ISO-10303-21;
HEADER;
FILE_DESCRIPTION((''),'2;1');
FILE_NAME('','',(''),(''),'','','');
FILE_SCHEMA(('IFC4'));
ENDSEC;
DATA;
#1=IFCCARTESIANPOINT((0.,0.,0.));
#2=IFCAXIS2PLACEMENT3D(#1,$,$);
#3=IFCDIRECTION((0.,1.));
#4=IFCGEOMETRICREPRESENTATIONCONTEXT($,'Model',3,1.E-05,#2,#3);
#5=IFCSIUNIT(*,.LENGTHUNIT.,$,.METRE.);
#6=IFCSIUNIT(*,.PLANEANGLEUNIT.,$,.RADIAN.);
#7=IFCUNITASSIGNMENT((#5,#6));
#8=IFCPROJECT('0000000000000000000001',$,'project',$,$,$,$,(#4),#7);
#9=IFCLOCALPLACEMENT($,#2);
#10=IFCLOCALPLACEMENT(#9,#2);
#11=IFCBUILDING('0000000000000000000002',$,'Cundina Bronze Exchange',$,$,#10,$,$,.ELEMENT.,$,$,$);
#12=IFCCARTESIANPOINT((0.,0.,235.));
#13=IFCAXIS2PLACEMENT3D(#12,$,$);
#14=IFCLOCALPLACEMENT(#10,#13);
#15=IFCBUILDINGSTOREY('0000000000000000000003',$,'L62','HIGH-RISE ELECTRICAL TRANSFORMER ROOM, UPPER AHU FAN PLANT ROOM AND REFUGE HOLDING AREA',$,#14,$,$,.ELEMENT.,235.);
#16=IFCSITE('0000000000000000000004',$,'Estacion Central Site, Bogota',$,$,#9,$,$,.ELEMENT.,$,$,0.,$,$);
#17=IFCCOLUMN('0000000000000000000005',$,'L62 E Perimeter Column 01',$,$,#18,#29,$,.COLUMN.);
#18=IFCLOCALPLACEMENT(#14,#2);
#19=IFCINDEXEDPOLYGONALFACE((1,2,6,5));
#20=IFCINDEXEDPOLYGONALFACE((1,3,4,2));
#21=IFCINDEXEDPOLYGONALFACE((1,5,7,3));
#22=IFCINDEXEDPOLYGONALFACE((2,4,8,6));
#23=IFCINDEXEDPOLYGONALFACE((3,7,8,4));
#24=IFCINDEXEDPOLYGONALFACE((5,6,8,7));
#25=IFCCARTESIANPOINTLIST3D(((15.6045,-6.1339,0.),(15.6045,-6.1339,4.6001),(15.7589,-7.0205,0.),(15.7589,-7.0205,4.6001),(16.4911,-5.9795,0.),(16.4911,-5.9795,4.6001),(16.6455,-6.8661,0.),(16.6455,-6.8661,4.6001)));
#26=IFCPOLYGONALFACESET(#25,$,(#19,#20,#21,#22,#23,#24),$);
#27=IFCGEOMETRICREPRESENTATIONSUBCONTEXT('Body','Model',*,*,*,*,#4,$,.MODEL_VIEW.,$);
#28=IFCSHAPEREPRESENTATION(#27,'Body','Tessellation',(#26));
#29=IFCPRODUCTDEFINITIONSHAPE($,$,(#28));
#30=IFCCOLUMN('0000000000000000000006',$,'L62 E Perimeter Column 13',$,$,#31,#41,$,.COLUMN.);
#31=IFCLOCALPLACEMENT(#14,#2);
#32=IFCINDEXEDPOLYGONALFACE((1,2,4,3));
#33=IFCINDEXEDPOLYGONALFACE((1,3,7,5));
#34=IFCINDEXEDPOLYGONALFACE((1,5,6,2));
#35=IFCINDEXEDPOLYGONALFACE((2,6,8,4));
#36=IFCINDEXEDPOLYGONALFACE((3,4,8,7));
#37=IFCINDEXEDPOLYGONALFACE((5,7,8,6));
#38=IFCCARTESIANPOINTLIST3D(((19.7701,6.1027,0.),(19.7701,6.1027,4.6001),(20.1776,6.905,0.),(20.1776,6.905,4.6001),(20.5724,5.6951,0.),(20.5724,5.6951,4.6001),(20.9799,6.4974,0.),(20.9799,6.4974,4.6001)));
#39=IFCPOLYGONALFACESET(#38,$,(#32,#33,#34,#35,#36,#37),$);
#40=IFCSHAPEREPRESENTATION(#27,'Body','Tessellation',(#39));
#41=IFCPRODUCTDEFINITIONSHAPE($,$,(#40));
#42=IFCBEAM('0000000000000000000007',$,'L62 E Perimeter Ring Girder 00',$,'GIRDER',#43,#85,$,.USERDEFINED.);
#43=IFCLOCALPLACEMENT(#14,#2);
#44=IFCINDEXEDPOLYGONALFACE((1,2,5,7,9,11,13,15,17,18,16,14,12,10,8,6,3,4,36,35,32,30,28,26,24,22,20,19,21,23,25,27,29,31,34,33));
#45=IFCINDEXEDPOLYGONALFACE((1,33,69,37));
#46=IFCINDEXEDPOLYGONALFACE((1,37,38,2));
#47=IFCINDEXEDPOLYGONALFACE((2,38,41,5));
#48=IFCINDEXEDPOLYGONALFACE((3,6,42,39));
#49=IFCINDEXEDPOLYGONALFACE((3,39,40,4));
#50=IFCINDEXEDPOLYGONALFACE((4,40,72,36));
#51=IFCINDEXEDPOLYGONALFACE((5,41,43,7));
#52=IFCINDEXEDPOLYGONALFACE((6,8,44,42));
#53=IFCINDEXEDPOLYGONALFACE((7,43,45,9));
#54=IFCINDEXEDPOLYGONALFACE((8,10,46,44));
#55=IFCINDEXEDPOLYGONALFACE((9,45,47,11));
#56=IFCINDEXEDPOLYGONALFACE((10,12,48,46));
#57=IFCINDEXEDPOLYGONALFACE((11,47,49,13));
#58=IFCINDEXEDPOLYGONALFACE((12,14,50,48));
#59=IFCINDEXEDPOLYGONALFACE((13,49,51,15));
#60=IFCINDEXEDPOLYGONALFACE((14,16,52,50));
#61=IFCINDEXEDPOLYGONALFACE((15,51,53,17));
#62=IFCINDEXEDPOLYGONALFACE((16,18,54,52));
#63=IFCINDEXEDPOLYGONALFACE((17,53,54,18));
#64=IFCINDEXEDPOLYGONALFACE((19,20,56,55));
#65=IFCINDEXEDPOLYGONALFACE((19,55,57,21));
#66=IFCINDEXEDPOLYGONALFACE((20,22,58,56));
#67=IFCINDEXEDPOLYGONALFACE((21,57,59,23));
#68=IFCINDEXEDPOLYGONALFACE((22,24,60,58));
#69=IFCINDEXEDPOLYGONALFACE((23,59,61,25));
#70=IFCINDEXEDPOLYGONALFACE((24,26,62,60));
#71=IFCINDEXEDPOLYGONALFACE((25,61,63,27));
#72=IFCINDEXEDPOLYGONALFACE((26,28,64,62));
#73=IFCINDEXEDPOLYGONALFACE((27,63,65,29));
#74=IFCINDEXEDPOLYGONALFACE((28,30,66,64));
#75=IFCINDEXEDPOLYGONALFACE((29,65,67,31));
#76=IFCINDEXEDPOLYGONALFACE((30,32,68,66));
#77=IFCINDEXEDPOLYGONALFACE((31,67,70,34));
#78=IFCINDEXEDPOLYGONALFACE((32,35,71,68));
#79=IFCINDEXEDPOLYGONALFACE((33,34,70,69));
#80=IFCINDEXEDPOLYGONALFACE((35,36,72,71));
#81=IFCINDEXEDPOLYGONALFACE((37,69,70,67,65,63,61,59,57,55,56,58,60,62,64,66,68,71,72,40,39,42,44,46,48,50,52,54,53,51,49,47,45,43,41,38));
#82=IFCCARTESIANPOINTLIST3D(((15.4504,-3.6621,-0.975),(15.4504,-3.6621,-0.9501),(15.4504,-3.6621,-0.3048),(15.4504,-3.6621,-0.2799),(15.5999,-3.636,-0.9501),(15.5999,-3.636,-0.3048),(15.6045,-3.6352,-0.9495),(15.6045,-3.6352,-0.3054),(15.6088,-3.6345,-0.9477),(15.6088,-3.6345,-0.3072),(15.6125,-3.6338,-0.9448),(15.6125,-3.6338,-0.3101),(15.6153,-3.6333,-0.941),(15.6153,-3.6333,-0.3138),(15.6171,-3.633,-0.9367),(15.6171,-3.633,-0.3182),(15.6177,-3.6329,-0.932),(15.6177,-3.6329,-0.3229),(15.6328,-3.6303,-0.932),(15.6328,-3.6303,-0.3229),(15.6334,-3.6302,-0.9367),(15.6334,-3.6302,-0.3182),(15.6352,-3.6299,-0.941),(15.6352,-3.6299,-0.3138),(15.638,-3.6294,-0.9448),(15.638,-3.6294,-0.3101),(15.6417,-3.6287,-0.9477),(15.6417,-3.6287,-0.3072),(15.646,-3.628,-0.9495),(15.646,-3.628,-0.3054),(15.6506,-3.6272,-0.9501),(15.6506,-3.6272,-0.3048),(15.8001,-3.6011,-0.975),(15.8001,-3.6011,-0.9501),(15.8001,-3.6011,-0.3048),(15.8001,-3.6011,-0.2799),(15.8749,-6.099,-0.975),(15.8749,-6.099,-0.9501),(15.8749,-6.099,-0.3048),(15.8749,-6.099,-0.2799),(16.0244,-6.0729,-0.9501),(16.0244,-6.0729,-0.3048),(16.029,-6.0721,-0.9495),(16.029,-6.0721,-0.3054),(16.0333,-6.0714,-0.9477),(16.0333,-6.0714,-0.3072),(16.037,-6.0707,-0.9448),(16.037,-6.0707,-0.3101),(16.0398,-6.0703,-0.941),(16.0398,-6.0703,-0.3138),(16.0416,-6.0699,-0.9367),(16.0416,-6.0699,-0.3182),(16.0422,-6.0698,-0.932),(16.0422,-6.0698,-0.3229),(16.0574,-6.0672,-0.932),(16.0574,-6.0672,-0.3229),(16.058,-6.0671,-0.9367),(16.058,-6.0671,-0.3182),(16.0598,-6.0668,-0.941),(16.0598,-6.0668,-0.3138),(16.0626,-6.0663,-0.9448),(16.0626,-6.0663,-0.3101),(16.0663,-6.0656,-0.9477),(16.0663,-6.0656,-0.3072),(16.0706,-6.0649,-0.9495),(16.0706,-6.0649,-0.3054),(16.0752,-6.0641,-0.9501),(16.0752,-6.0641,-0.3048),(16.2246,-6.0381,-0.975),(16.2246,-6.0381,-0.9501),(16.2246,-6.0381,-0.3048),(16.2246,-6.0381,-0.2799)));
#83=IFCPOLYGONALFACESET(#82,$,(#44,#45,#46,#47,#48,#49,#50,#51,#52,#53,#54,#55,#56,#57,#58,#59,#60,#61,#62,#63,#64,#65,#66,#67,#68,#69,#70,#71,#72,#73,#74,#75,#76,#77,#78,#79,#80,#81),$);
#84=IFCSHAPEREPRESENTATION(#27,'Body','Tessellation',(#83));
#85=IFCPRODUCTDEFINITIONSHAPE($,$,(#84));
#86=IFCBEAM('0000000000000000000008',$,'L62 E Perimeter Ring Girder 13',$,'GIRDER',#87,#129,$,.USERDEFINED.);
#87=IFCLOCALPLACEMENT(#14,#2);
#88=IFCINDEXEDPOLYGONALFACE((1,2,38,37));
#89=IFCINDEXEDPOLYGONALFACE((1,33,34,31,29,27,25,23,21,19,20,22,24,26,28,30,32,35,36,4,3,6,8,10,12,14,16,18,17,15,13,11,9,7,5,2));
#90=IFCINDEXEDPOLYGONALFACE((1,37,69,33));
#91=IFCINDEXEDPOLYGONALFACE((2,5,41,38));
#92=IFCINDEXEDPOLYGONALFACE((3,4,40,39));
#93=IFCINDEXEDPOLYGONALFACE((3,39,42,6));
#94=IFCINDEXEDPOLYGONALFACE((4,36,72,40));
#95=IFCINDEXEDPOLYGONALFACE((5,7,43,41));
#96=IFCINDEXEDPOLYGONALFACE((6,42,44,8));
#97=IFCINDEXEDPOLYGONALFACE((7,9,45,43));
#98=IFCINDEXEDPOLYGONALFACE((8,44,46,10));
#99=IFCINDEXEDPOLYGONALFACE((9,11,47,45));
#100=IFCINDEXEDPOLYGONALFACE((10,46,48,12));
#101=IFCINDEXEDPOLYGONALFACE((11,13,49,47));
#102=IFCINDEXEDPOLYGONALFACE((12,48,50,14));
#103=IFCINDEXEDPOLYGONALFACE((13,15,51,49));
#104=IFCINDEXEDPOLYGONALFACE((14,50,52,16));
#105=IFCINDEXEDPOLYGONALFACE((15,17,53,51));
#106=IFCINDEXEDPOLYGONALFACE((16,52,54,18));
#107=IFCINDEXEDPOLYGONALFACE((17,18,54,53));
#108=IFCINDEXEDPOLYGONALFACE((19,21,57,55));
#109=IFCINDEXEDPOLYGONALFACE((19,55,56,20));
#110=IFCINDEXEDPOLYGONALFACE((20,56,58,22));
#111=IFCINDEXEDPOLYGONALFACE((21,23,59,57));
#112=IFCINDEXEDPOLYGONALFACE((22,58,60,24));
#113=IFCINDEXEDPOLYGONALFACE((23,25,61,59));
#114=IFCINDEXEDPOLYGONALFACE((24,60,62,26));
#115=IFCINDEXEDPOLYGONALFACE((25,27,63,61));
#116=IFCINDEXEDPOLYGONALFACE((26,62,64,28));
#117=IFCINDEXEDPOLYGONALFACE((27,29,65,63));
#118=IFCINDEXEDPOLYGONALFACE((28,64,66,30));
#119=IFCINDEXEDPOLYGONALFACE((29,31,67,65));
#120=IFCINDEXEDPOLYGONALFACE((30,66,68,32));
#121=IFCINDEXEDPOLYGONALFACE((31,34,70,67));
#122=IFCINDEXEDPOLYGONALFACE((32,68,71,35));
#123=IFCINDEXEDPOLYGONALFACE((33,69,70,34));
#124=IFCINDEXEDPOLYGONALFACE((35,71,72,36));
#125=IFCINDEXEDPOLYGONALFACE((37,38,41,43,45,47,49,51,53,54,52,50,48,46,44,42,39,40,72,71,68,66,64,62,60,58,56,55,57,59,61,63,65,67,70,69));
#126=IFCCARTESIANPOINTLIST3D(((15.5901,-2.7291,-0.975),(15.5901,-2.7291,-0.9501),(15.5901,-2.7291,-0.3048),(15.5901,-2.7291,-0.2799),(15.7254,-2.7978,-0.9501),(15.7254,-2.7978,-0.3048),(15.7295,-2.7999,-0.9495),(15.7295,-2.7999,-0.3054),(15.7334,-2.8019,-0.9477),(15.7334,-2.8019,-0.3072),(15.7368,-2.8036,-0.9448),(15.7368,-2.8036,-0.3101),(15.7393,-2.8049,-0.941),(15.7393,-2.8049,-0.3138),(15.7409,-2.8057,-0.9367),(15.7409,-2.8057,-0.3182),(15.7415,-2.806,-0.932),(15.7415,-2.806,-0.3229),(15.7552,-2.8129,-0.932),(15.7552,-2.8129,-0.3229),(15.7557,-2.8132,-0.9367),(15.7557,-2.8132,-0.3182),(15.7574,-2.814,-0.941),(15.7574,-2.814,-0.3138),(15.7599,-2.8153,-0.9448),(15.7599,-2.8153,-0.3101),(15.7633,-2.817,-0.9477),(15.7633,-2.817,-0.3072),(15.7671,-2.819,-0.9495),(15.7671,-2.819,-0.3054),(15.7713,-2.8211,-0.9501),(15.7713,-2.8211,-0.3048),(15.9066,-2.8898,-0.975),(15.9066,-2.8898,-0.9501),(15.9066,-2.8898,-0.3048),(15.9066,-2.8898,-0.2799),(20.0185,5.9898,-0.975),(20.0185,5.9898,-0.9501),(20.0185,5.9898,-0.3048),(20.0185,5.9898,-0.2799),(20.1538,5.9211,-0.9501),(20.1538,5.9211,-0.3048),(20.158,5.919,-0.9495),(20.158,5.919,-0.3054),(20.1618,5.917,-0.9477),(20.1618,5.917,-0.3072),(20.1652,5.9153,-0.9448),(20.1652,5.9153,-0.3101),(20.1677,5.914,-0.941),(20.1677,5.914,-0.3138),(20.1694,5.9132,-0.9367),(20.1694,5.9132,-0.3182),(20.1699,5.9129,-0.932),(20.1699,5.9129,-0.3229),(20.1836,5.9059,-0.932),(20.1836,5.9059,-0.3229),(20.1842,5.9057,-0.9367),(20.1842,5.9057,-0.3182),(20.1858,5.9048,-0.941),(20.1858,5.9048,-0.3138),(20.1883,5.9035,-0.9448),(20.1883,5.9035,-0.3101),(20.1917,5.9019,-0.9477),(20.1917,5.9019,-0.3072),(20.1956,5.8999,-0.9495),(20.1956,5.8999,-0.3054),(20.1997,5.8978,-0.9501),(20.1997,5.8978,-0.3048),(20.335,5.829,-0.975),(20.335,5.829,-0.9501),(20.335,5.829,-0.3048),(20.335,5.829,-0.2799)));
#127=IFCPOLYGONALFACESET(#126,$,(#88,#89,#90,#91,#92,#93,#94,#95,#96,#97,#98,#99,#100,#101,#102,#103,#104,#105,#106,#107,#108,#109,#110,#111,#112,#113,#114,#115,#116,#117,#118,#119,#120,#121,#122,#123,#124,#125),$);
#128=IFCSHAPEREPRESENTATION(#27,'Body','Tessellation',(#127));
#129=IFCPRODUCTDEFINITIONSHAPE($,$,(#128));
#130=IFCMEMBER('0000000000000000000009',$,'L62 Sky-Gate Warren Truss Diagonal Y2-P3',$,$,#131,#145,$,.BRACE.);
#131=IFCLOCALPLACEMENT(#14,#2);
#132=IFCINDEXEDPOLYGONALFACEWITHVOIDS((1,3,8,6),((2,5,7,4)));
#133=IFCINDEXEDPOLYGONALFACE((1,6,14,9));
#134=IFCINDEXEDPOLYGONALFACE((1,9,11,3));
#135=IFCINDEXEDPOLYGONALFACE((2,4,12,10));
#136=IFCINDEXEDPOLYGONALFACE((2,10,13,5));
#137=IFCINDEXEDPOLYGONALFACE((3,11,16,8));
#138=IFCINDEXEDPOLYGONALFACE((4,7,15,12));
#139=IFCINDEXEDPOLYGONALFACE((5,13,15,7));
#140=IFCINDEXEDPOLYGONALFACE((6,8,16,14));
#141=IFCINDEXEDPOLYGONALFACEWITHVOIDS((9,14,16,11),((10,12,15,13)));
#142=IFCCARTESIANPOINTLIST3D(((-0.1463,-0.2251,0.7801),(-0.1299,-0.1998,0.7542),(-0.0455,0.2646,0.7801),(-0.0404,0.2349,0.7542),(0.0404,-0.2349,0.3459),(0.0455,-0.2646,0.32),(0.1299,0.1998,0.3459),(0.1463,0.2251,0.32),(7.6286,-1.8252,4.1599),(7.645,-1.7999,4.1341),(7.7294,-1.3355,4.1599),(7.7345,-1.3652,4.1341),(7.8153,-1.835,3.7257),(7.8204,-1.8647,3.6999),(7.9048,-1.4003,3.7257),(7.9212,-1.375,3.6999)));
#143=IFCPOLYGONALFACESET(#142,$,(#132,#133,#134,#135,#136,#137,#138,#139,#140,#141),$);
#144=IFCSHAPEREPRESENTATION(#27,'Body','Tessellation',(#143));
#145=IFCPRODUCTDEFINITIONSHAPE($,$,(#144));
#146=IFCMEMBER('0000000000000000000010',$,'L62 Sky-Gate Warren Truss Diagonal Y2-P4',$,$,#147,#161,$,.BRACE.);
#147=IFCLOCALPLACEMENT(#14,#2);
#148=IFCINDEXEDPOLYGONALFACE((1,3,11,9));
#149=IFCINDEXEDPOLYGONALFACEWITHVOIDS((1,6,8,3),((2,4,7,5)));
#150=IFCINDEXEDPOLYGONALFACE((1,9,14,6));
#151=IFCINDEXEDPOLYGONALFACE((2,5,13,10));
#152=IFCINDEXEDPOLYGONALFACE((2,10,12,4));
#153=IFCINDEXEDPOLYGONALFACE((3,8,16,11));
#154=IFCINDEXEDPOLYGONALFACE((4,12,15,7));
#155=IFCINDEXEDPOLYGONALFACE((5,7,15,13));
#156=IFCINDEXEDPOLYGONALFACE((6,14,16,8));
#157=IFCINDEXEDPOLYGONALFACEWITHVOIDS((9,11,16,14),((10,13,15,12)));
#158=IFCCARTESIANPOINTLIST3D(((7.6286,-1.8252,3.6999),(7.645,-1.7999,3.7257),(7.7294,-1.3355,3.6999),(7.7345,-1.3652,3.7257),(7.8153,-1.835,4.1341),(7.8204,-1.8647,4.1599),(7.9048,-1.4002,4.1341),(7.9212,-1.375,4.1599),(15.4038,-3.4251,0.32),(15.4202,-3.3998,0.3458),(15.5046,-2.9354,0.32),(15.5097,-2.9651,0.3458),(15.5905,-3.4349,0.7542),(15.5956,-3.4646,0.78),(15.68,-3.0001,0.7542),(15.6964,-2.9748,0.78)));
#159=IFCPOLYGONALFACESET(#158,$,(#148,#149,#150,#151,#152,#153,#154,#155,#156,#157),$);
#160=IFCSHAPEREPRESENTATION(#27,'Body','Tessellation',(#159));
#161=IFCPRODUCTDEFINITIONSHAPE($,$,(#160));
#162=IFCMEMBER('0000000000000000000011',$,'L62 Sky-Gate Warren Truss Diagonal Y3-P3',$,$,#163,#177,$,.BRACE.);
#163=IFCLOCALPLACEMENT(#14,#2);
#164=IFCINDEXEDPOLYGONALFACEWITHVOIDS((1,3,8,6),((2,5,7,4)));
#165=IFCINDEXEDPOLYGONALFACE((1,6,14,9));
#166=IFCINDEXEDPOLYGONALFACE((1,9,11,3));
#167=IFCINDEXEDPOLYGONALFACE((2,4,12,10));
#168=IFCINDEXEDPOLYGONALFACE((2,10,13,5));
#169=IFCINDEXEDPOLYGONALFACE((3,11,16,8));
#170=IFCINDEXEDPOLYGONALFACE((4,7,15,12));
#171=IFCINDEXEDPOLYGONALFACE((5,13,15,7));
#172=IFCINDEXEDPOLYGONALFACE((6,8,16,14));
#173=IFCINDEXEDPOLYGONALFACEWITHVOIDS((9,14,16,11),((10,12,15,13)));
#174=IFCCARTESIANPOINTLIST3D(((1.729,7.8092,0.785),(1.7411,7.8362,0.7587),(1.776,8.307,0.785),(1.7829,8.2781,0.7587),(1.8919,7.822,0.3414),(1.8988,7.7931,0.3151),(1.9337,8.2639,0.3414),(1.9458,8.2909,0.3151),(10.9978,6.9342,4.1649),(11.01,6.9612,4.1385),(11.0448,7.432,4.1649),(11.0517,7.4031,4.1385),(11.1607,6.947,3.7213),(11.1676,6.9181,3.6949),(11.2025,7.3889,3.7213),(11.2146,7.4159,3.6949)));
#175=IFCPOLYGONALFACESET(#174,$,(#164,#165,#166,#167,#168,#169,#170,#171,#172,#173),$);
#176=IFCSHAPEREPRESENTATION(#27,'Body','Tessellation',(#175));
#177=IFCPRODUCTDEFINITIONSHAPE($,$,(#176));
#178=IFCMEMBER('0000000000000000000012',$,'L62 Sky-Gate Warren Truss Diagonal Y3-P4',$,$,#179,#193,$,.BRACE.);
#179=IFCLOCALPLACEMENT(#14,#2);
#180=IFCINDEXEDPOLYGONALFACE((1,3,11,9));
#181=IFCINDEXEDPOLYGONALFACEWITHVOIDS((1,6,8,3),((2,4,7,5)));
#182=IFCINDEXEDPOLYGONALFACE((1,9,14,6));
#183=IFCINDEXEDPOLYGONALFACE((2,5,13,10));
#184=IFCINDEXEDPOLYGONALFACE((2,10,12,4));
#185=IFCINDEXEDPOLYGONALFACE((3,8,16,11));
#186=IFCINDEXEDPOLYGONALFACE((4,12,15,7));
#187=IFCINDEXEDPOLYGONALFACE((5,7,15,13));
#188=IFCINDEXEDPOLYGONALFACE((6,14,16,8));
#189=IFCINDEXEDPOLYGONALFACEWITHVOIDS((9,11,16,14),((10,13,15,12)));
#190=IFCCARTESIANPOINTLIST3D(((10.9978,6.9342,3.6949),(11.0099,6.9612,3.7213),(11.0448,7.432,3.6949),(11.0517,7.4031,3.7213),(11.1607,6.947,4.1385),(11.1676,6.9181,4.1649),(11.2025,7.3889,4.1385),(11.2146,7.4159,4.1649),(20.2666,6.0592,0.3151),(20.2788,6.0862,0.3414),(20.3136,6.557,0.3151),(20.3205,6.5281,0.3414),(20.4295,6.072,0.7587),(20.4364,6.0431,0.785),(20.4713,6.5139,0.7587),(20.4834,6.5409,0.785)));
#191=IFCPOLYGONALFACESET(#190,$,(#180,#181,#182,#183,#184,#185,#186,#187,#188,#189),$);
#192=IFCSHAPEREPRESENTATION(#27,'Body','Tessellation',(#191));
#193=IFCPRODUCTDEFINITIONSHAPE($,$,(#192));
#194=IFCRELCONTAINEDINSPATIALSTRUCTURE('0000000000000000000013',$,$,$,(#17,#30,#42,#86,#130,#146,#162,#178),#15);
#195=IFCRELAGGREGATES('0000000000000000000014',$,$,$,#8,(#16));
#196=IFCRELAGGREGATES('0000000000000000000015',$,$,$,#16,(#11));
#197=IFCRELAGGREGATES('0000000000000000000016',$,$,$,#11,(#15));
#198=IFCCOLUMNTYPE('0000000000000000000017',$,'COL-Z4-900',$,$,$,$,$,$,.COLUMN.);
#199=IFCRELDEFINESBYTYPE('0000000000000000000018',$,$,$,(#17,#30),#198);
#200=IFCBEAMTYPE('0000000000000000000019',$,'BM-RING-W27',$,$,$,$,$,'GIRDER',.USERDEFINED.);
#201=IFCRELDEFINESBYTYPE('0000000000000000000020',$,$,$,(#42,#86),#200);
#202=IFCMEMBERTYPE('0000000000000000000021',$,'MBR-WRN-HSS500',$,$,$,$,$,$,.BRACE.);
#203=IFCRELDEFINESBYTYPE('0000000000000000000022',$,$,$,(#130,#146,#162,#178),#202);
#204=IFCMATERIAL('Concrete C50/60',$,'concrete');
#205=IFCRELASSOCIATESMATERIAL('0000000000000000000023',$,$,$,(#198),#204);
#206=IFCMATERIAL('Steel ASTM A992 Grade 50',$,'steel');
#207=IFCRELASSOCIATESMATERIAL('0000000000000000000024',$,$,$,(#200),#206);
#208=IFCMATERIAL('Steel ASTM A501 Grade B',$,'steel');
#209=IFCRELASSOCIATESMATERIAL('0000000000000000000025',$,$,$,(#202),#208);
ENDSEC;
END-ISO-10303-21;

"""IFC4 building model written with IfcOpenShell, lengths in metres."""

from ifc_helpers import new_model, si_unit, direction, frame, origin, origin_2d, place, context, subcontext, project, spatial, rectangle, hollow_rectangle, i_section, extrude, material, material_profile, profile_set, type_object, element, save


model = new_model("IFC4")

# Units and contexts
model_context = context("Model", 3, precision=1e-05, world=origin(), true_north=direction((0.0, 1.0)))
body_context = subcontext(model_context, "Body", "Model", "MODEL_VIEW")
ifc_project = project(units=[si_unit("LENGTHUNIT", "METRE"), si_unit("PLANEANGLEUNIT", "RADIAN")], contexts=[model_context])

# Site, building, storey
site_placement = place(None, origin())
site = spatial("IfcSite", under=ifc_project, at=site_placement, Name="Estacion Central Site, Bogota", CompositionType="ELEMENT", RefElevation=0.0)
building_placement = place(site_placement, origin())
building = spatial("IfcBuilding", under=site, at=building_placement, Name="Cundina Bronze Exchange", CompositionType="ELEMENT")
storey_placement = place(building_placement, frame((0.0, 0.0, 235.0)))
storey = spatial("IfcBuildingStorey", under=building, at=storey_placement, Name="L62", Description="HIGH-RISE ELECTRICAL TRANSFORMER ROOM, UPPER AHU FAN PLANT ROOM AND REFUGE HOLDING AREA", CompositionType="ELEMENT", Elevation=235.0)

# Columns
ifc_material_1 = material(Name="Steel ASTM A992 Grade 50", Category="steel")
ifc_material_2 = material(Name="Concrete C50/60", Category="concrete")
ifc_material_profile_1 = material_profile(ifc_material_2, rectangle(XDim=0.8999, YDim=0.8999, at=origin_2d()), Name="RC900X900", Category="concrete")
ifc_profile_set_1 = profile_set([ifc_material_profile_1], Name="Concrete C50/60")
column_type_1 = type_object("IfcColumnType", Name="COL-Z4-900", PredefinedType="COLUMN", material=ifc_profile_set_1)
for number, where, z_axis, x_axis, name in (
    (1, (16.125, -6.5, 0.0), (0.0, 0.0, 1.0), (0.171585, -0.985169, 0.0), "L62 E Perimeter Column 01"),
    (2, (20.375, 6.3, 0.0), (0.0, 0.0, 1.0), (-0.452902, -0.891561, 0.0), "L62 E Perimeter Column 13"),
):
    element("IfcColumn", number, at=place(storey_placement, frame(where, z_axis=z_axis, x_axis=x_axis)), inside=storey, type_object=column_type_1, Name=name, PredefinedType="COLUMN", context=body_context, shape_type="SweptSolid", body=[
        extrude(rectangle(XDim=0.8999, YDim=0.8999, at=origin_2d()), origin(), (0.0, 0.0, 1.0), 4.6001),
    ])

# Beams
ifc_material_profile_2 = material_profile(ifc_material_1, i_section(OverallWidth=0.355, OverallDepth=0.6951, WebThickness=0.0154, FlangeThickness=0.0249, FilletRadius=0.0181, at=origin_2d()), Name="W27X146", Category="steel")
ifc_profile_set_2 = profile_set([ifc_material_profile_2], Name="Steel ASTM A992 Grade 50")
beam_type = type_object("IfcBeamType", Name="BM-RING-W27", ElementType="GIRDER", PredefinedType="USERDEFINED", material=ifc_profile_set_2)
beam_1_placement = place(storey_placement, frame((15.6252, -3.6316, -0.6274), z_axis=(0.171629, -0.985162, 0.0), x_axis=(0.985162, 0.171629, 0.0)))
element("IfcBeam", 3, at=beam_1_placement, inside=storey, type_object=beam_type, Name="L62 E Perimeter Ring Girder 00", ObjectType="GIRDER", PredefinedType="USERDEFINED", context=body_context, shape_type="SweptSolid", body=[
    extrude(i_section(OverallWidth=0.355, OverallDepth=0.6951, WebThickness=0.0154, FlangeThickness=0.0249, FilletRadius=0.0181, at=origin_2d()), origin(), (0.0, 0.0, 1.0), 2.4736),
])
beam_2_placement = place(storey_placement, frame((20.1768, 5.9094, -0.6274), z_axis=(-0.452847, -0.891588, 0.0), x_axis=(0.891588, -0.452847, 0.0)))
element("IfcBeam", 4, at=beam_2_placement, inside=storey, type_object=beam_type, Name="L62 E Perimeter Ring Girder 13", ObjectType="GIRDER", PredefinedType="USERDEFINED", context=body_context, shape_type="SweptSolid", body=[
    extrude(i_section(OverallWidth=0.355, OverallDepth=0.6951, WebThickness=0.0154, FlangeThickness=0.0249, FilletRadius=0.0181, at=origin_2d()), origin(), (0.0, 0.0, 1.0), 9.7791),
])

# Members
ifc_material_3 = material(Name="Steel ASTM A501 Grade B", Category="steel")
ifc_material_profile_3 = material_profile(ifc_material_3, hollow_rectangle(XDim=0.5, YDim=0.5, WallThickness=0.0281, at=origin_2d()), Name="HSS500X500X28", Category="steel")
ifc_profile_set_3 = profile_set([ifc_material_profile_3], Name="Steel ASTM A501 Grade B")
member_type = type_object("IfcMemberType", Name="MBR-WRN-HSS500", PredefinedType="BRACE", material=ifc_profile_set_3)
member_1_placement = place(storey_placement, frame((0.0, 0.0, 0.55), z_axis=(0.901181, -0.185466, 0.391759), x_axis=(0.201578, 0.979472, 0.0)))
element("IfcMember", 5, at=member_1_placement, inside=storey, type_object=member_type, Name="L62 Sky-Gate Warren Truss Diagonal Y2-P3", PredefinedType="BRACE", context=body_context, shape_type="SweptSolid", body=[
    extrude(hollow_rectangle(XDim=0.5, YDim=0.5, WallThickness=0.0281, at=origin_2d()), origin(), (0.0, 0.0, 1.0), 8.6274),
])
member_2_placement = place(storey_placement, frame((7.7749, -1.6001, 3.9299), z_axis=(0.901191, -0.185434, -0.391751), x_axis=(0.201543, 0.97948, 0.0)))
element("IfcMember", 6, at=member_2_placement, inside=storey, type_object=member_type, Name="L62 Sky-Gate Warren Truss Diagonal Y2-P4", PredefinedType="BRACE", context=body_context, shape_type="SweptSolid", body=[
    extrude(hollow_rectangle(XDim=0.5, YDim=0.5, WallThickness=0.0281, at=origin_2d()), origin(), (0.0, 0.0, 1.0), 8.6277),
])
for number, where, z_axis, x_axis, name in (
    (7, (1.8374, 8.05, 0.55), (0.935813, -0.088343, 0.341246), (0.093985, 0.995574, 0.0), "L62 Sky-Gate Warren Truss Diagonal Y3-P3"),
    (8, (11.1062, 7.175, 3.9299), (0.935813, -0.088343, -0.341246), (0.093985, 0.995574, 0.0), "L62 Sky-Gate Warren Truss Diagonal Y3-P4"),
):
    element("IfcMember", number, at=place(storey_placement, frame(where, z_axis=z_axis, x_axis=x_axis)), inside=storey, type_object=member_type, Name=name, PredefinedType="BRACE", context=body_context, shape_type="SweptSolid", body=[
        extrude(hollow_rectangle(XDim=0.5, YDim=0.5, WallThickness=0.0281, at=origin_2d()), origin(), (0.0, 0.0, 1.0), 9.9045),
    ])

save(model, "model.ifc")
